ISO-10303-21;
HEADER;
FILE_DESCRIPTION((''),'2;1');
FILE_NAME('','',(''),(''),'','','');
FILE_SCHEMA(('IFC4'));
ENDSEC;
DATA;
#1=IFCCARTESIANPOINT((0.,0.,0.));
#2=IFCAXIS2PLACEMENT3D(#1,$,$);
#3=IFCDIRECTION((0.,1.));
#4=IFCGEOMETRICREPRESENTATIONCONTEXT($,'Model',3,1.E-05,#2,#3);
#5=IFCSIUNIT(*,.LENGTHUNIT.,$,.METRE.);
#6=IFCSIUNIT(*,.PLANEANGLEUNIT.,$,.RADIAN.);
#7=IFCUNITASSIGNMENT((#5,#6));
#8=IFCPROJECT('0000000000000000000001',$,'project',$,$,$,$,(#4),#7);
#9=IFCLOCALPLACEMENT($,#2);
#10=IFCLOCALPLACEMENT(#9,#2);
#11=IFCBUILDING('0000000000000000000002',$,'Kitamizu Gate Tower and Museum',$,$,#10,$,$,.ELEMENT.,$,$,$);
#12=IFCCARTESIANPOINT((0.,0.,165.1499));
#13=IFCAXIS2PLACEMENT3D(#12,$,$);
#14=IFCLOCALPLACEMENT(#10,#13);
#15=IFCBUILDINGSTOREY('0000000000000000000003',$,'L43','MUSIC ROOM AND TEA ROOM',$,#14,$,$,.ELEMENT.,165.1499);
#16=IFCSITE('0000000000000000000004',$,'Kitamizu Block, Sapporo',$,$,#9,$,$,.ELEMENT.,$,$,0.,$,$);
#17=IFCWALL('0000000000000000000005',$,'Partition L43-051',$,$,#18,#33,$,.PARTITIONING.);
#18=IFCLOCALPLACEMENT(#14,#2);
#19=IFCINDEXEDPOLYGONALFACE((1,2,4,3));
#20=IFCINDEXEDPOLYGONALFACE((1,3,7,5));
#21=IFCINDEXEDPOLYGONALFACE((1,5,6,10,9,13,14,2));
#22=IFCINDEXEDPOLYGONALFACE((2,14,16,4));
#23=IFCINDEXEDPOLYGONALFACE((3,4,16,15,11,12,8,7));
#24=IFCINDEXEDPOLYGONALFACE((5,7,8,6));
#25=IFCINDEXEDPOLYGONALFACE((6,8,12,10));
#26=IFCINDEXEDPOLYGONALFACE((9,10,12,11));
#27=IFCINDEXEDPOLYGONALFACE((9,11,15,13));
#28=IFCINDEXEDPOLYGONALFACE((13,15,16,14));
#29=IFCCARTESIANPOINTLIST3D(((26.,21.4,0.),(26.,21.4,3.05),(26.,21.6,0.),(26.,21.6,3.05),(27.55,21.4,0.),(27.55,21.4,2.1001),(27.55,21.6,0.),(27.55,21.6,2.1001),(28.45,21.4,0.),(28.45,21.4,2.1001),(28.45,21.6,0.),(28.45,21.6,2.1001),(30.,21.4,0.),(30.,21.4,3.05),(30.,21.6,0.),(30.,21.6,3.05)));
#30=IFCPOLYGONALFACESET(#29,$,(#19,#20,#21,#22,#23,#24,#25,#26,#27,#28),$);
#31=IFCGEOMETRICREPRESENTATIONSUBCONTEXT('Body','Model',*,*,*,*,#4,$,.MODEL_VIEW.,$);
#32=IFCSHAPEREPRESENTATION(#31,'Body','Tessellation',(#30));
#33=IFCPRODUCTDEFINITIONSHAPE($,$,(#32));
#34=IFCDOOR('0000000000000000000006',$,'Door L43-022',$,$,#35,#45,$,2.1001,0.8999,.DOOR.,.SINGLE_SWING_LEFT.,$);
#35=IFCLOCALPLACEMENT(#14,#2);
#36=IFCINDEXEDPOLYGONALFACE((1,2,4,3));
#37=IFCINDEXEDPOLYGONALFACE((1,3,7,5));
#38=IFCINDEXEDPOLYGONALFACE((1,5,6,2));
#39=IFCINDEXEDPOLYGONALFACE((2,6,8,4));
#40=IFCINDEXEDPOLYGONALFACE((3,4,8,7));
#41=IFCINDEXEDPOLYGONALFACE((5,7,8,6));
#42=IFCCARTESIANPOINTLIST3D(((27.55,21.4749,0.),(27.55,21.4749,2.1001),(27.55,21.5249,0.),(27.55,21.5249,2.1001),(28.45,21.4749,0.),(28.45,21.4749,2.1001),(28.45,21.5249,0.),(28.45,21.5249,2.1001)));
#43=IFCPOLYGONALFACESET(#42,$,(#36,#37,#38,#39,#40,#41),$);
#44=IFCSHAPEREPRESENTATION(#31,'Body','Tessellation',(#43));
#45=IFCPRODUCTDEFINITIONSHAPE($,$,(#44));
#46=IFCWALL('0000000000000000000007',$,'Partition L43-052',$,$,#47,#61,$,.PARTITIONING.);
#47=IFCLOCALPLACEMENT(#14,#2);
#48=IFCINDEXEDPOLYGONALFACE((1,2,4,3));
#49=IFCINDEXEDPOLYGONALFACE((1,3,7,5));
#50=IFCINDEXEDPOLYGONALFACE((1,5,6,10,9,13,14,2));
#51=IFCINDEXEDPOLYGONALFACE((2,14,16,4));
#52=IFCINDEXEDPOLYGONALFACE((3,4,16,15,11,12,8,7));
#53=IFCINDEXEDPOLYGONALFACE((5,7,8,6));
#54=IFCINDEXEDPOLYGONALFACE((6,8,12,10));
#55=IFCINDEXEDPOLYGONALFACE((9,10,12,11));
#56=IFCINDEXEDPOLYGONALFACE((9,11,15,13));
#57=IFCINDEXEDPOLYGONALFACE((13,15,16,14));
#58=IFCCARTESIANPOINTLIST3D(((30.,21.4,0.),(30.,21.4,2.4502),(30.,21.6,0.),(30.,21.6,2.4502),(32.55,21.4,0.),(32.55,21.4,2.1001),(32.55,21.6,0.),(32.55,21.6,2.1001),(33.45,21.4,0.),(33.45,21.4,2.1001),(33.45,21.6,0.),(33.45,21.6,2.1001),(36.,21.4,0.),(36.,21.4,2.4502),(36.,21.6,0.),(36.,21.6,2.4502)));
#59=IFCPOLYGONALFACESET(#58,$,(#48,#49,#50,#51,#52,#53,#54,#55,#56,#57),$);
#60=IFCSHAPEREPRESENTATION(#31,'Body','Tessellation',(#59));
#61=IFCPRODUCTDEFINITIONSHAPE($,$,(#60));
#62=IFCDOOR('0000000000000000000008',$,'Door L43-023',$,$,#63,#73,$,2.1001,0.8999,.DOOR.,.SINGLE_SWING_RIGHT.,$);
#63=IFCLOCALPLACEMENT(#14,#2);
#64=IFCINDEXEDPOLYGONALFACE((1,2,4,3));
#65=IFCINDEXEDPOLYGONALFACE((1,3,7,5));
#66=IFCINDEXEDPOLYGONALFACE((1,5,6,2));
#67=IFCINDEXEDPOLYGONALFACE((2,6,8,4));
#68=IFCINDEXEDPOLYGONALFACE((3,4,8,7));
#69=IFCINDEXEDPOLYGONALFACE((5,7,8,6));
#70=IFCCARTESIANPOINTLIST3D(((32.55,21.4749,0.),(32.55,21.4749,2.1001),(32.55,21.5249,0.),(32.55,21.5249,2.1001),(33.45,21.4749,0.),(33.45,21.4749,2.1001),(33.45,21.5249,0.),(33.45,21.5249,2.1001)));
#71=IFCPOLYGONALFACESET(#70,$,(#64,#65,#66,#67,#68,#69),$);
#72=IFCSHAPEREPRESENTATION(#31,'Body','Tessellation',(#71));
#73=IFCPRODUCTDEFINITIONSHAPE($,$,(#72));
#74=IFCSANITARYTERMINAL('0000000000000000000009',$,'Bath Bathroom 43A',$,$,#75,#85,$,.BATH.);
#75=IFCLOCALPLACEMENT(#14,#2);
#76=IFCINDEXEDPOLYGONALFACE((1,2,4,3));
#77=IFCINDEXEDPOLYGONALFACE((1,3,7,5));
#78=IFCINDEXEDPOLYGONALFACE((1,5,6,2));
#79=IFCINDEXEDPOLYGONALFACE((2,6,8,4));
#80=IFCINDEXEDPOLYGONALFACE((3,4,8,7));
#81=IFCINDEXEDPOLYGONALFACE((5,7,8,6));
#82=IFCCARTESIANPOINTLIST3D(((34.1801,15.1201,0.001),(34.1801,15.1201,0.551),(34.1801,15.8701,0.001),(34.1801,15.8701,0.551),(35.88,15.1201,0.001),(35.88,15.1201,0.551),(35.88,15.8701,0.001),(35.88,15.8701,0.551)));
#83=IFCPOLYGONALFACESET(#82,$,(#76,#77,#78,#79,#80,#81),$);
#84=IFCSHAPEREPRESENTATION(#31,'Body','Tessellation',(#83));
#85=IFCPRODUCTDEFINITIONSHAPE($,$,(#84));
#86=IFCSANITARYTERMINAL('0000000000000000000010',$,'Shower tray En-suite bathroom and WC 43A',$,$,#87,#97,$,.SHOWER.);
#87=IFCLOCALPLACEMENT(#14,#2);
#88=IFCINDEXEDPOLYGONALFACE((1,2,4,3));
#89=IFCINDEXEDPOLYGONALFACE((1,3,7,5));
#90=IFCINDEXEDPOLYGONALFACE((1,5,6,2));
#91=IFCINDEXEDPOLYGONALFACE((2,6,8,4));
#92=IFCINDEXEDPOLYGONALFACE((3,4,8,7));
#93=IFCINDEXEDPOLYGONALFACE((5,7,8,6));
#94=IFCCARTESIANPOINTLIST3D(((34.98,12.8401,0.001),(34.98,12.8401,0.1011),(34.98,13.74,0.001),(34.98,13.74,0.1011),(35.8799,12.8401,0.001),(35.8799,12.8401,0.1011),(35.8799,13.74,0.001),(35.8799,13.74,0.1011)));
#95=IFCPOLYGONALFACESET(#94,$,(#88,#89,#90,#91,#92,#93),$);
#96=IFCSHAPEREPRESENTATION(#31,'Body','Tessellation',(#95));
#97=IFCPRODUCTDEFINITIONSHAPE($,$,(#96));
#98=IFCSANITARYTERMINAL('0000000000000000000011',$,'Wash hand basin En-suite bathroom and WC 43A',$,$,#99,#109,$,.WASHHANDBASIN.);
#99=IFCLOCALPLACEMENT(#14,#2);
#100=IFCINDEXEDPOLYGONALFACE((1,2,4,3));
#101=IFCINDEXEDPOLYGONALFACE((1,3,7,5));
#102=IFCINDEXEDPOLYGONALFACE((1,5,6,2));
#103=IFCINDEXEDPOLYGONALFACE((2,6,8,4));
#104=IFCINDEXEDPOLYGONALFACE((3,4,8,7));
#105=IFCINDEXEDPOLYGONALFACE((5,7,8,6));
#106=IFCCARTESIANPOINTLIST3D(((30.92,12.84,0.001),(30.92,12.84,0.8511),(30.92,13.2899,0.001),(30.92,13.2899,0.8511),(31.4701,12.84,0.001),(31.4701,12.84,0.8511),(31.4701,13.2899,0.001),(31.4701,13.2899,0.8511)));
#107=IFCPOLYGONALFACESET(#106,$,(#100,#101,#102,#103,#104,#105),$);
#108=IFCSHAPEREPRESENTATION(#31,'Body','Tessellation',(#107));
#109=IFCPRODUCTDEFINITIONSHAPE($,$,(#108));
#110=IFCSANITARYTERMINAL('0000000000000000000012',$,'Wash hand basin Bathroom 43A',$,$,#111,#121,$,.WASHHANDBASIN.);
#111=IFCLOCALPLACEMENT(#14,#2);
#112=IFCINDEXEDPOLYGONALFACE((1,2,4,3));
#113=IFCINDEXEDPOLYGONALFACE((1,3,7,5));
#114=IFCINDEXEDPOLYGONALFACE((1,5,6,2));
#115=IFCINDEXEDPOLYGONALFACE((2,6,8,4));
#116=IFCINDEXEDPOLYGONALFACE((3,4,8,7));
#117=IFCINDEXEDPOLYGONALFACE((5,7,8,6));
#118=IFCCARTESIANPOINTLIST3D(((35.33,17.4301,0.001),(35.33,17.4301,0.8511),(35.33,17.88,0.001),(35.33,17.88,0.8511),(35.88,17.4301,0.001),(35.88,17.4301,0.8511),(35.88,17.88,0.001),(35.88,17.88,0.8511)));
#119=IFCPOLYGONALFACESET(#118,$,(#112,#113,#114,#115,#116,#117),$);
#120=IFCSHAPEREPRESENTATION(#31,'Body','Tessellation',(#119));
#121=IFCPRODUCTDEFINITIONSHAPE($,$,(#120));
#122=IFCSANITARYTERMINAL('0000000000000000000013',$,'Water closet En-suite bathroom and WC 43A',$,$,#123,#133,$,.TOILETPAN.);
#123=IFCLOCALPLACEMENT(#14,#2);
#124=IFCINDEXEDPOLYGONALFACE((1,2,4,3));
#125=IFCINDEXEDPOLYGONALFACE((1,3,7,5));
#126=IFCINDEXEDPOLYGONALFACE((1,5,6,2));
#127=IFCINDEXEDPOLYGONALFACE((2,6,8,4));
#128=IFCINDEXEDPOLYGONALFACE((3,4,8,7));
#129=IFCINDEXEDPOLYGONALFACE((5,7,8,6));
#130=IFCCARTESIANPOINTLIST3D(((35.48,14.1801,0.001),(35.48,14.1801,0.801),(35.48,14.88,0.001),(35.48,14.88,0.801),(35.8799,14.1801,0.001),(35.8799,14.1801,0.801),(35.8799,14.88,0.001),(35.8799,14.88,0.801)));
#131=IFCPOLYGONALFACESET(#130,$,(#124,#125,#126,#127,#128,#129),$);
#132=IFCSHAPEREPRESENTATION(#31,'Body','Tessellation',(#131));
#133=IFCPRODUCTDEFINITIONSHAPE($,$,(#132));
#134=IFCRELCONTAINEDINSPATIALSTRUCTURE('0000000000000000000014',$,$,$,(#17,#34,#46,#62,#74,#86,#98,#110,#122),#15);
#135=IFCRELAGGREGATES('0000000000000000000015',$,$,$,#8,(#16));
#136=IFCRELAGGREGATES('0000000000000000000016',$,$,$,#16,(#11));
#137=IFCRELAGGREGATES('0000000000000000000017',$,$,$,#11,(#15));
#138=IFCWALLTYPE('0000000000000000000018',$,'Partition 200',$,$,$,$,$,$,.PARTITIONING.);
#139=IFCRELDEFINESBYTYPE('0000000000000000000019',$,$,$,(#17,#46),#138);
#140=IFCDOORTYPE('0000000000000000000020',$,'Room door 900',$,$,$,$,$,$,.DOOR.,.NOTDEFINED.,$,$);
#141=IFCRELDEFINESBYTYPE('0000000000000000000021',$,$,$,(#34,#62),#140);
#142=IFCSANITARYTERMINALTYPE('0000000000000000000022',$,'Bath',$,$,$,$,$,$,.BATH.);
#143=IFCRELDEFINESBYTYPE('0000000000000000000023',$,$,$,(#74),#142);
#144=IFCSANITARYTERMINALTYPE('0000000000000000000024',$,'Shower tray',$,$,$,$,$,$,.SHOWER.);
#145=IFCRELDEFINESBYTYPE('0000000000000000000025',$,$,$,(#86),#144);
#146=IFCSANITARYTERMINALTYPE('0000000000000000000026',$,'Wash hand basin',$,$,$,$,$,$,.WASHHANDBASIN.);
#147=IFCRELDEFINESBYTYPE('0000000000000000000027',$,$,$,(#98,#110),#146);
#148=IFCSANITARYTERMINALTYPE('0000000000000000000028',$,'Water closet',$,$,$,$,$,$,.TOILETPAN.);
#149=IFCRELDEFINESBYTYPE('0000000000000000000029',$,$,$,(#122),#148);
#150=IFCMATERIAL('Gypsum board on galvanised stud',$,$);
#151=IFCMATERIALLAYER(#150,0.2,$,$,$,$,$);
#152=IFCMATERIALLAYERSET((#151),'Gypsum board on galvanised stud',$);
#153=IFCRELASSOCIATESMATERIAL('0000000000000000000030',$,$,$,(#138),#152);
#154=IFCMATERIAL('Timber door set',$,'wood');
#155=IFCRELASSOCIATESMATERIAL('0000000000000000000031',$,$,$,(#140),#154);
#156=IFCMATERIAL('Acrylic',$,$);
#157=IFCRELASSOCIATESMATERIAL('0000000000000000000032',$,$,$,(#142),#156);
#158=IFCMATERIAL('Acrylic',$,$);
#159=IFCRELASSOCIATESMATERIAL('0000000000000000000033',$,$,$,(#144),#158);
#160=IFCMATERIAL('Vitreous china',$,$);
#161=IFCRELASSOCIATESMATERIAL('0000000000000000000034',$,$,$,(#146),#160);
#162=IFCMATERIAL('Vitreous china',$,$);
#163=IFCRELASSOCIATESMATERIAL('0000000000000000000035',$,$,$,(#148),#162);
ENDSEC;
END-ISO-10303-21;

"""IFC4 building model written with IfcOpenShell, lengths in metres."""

from ifc_helpers import new_model, si_unit, direction, frame, frame_2d, origin, origin_2d, place, context, subcontext, project, spatial, rectangle, extrude, material, layer, layer_set, type_object, element, fill, save


model = new_model("IFC4")

# Units and contexts
model_context = context("Model", 3, precision=1e-05, world=origin(), true_north=direction((0.0, 1.0)))
body_context = subcontext(model_context, "Body", "Model", "MODEL_VIEW")
ifc_project = project(units=[si_unit("LENGTHUNIT", "METRE"), si_unit("PLANEANGLEUNIT", "RADIAN")], contexts=[model_context])

# Site, building, storey
site_placement = place(None, origin())
site = spatial("IfcSite", under=ifc_project, at=site_placement, Name="Kitamizu Block, Sapporo", CompositionType="ELEMENT", RefElevation=0.0)
building_placement = place(site_placement, origin())
building = spatial("IfcBuilding", under=site, at=building_placement, Name="Kitamizu Gate Tower and Museum", CompositionType="ELEMENT")
storey_placement = place(building_placement, frame((0.0, 0.0, 165.1499)))
storey = spatial("IfcBuildingStorey", under=building, at=storey_placement, Name="L43", Description="MUSIC ROOM AND TEA ROOM", CompositionType="ELEMENT", Elevation=165.1499)

# Shared definitions
ifc_material_1 = material(Name="Gypsum board on galvanised stud")
ifc_layer_1 = layer(ifc_material_1, 0.2)
ifc_layer_set_1 = layer_set([ifc_layer_1], Name="Gypsum board on galvanised stud")
wall_type_1 = type_object("IfcWallType", Name="Partition 200", PredefinedType="PARTITIONING", material=ifc_layer_set_1)

# Walls, openings, doors
wall_1_placement = place(storey_placement, frame((26.0, 21.5, 0.0), z_axis=(0.0, 0.0, 1.0), x_axis=(1.0, 0.0, 0.0)))
wall_1 = element("IfcWall", 1, at=wall_1_placement, inside=storey, type_object=wall_type_1, Name="Partition L43-051", PredefinedType="PARTITIONING", context=body_context, shape_type="SweptSolid", body=[
    extrude(rectangle(XDim=4.0, YDim=0.2, at=frame_2d((2.0, 0.0))), origin(), (0.0, 0.0, 1.0), 3.05),
])
opening_1_placement = place(wall_1_placement, frame((1.55, 0.0, 0.0)))
opening_1 = element("IfcOpeningElement", 2, at=opening_1_placement, cuts=wall_1, PredefinedType="OPENING", context=body_context, shape_type="SweptSolid", body=[
    extrude(rectangle(XDim=0.8999, YDim=2.1001, at=frame_2d((0.45, 1.05))), frame((0.0, 0.1099, 0.0), z_axis=(0.0, -1.0, 0.0), x_axis=(1.0, 0.0, 0.0)), (0.0, 0.0, 1.0), 0.22),
])
ifc_material_2 = material(Name="Timber door set", Category="wood")
door_type_1 = type_object("IfcDoorType", Name="Room door 900", OperationType="NOTDEFINED", PredefinedType="DOOR", material=ifc_material_2)
door_1_placement = place(opening_1_placement, origin())
door_1 = element("IfcDoor", 3, at=door_1_placement, inside=storey, type_object=door_type_1, Name="Door L43-022", OperationType="SINGLE_SWING_LEFT", OverallHeight=2.1001, OverallWidth=0.8999, PredefinedType="DOOR", context=body_context, shape_type="SweptSolid", body=[
    extrude(rectangle(XDim=0.8999, YDim=2.1001, at=frame_2d((0.45, 1.05))), frame((0.0, 0.0249, 0.0), z_axis=(0.0, -1.0, 0.0), x_axis=(1.0, 0.0, 0.0)), (0.0, 0.0, 1.0), 0.05),
])
fill(opening_1, door_1)
wall_2_placement = place(storey_placement, frame((30.0, 21.5, 0.0), z_axis=(0.0, 0.0, 1.0), x_axis=(1.0, 0.0, 0.0)))
wall_2 = element("IfcWall", 4, at=wall_2_placement, inside=storey, type_object=wall_type_1, Name="Partition L43-052", PredefinedType="PARTITIONING", context=body_context, shape_type="SweptSolid", body=[
    extrude(rectangle(XDim=6.0, YDim=0.2, at=frame_2d((3.0, 0.0))), origin(), (0.0, 0.0, 1.0), 2.4502),
])
opening_2_placement = place(wall_2_placement, frame((2.55, 0.0, 0.0)))
opening_2 = element("IfcOpeningElement", 5, at=opening_2_placement, cuts=wall_2, PredefinedType="OPENING", context=body_context, shape_type="SweptSolid", body=[
    extrude(rectangle(XDim=0.8999, YDim=2.1001, at=frame_2d((0.45, 1.05))), frame((0.0, 0.1099, 0.0), z_axis=(0.0, -1.0, 0.0), x_axis=(1.0, 0.0, 0.0)), (0.0, 0.0, 1.0), 0.22),
])
door_2_placement = place(opening_2_placement, origin())
door_2 = element("IfcDoor", 6, at=door_2_placement, inside=storey, type_object=door_type_1, Name="Door L43-023", OperationType="SINGLE_SWING_RIGHT", OverallHeight=2.1001, OverallWidth=0.8999, PredefinedType="DOOR", context=body_context, shape_type="SweptSolid", body=[
    extrude(rectangle(XDim=0.8999, YDim=2.1001, at=frame_2d((0.45, 1.05))), frame((0.0, 0.0249, 0.0), z_axis=(0.0, -1.0, 0.0), x_axis=(1.0, 0.0, 0.0)), (0.0, 0.0, 1.0), 0.05),
])
fill(opening_2, door_2)

# Sanitary terminals
ifc_material_3 = material(Name="Acrylic")
sanitary_terminal_type_1 = type_object("IfcSanitaryTerminalType", Name="Bath", PredefinedType="BATH", material=ifc_material_3)
sanitary_terminal_1_placement = place(storey_placement, frame((35.03, 15.4951, 0.001), z_axis=(0.0, 0.0, 1.0), x_axis=(1.0, 0.0, 0.0)))
element("IfcSanitaryTerminal", 7, at=sanitary_terminal_1_placement, inside=storey, type_object=sanitary_terminal_type_1, Name="Bath Bathroom 43A", PredefinedType="BATH", context=body_context, shape_type="SweptSolid", body=[
    extrude(rectangle(XDim=1.7, YDim=0.75, at=origin_2d()), origin(), (0.0, 0.0, 1.0), 0.55),
])
ifc_material_4 = material(Name="Acrylic")
sanitary_terminal_type_2 = type_object("IfcSanitaryTerminalType", Name="Shower tray", PredefinedType="SHOWER", material=ifc_material_4)
sanitary_terminal_2_placement = place(storey_placement, frame((35.4299, 13.29, 0.001), z_axis=(0.0, 0.0, 1.0), x_axis=(1.0, 0.0, 0.0)))
element("IfcSanitaryTerminal", 8, at=sanitary_terminal_2_placement, inside=storey, type_object=sanitary_terminal_type_2, Name="Shower tray En-suite bathroom and WC 43A", PredefinedType="SHOWER", context=body_context, shape_type="SweptSolid", body=[
    extrude(rectangle(XDim=0.8999, YDim=0.8999, at=origin_2d()), origin(), (0.0, 0.0, 1.0), 0.1001),
])
ifc_material_5 = material(Name="Vitreous china")
sanitary_terminal_type_3 = type_object("IfcSanitaryTerminalType", Name="Wash hand basin", PredefinedType="WASHHANDBASIN", material=ifc_material_5)
for number, where, z_axis, x_axis, name in (
    (9, (31.1951, 13.0649, 0.001), (0.0, 0.0, 1.0), (1.0, 0.0, 0.0), "Wash hand basin En-suite bathroom and WC 43A"),
    (10, (35.605, 17.655, 0.001), (0.0, 0.0, 1.0), (1.0, 0.0, 0.0), "Wash hand basin Bathroom 43A"),
):
    element("IfcSanitaryTerminal", number, at=place(storey_placement, frame(where, z_axis=z_axis, x_axis=x_axis)), inside=storey, type_object=sanitary_terminal_type_3, Name=name, PredefinedType="WASHHANDBASIN", context=body_context, shape_type="SweptSolid", body=[
        extrude(rectangle(XDim=0.55, YDim=0.45, at=origin_2d()), origin(), (0.0, 0.0, 1.0), 0.8501),
    ])
ifc_material_6 = material(Name="Vitreous china")
sanitary_terminal_type_4 = type_object("IfcSanitaryTerminalType", Name="Water closet", PredefinedType="TOILETPAN", material=ifc_material_6)
sanitary_terminal_3_placement = place(storey_placement, frame((35.6799, 14.53, 0.001), z_axis=(0.0, 0.0, 1.0), x_axis=(1.0, 0.0, 0.0)))
element("IfcSanitaryTerminal", 11, at=sanitary_terminal_3_placement, inside=storey, type_object=sanitary_terminal_type_4, Name="Water closet En-suite bathroom and WC 43A", PredefinedType="TOILETPAN", context=body_context, shape_type="SweptSolid", body=[
    extrude(rectangle(XDim=0.3999, YDim=0.7, at=origin_2d()), origin(), (0.0, 0.0, 1.0), 0.8),
])

save(model, "model.ifc")
